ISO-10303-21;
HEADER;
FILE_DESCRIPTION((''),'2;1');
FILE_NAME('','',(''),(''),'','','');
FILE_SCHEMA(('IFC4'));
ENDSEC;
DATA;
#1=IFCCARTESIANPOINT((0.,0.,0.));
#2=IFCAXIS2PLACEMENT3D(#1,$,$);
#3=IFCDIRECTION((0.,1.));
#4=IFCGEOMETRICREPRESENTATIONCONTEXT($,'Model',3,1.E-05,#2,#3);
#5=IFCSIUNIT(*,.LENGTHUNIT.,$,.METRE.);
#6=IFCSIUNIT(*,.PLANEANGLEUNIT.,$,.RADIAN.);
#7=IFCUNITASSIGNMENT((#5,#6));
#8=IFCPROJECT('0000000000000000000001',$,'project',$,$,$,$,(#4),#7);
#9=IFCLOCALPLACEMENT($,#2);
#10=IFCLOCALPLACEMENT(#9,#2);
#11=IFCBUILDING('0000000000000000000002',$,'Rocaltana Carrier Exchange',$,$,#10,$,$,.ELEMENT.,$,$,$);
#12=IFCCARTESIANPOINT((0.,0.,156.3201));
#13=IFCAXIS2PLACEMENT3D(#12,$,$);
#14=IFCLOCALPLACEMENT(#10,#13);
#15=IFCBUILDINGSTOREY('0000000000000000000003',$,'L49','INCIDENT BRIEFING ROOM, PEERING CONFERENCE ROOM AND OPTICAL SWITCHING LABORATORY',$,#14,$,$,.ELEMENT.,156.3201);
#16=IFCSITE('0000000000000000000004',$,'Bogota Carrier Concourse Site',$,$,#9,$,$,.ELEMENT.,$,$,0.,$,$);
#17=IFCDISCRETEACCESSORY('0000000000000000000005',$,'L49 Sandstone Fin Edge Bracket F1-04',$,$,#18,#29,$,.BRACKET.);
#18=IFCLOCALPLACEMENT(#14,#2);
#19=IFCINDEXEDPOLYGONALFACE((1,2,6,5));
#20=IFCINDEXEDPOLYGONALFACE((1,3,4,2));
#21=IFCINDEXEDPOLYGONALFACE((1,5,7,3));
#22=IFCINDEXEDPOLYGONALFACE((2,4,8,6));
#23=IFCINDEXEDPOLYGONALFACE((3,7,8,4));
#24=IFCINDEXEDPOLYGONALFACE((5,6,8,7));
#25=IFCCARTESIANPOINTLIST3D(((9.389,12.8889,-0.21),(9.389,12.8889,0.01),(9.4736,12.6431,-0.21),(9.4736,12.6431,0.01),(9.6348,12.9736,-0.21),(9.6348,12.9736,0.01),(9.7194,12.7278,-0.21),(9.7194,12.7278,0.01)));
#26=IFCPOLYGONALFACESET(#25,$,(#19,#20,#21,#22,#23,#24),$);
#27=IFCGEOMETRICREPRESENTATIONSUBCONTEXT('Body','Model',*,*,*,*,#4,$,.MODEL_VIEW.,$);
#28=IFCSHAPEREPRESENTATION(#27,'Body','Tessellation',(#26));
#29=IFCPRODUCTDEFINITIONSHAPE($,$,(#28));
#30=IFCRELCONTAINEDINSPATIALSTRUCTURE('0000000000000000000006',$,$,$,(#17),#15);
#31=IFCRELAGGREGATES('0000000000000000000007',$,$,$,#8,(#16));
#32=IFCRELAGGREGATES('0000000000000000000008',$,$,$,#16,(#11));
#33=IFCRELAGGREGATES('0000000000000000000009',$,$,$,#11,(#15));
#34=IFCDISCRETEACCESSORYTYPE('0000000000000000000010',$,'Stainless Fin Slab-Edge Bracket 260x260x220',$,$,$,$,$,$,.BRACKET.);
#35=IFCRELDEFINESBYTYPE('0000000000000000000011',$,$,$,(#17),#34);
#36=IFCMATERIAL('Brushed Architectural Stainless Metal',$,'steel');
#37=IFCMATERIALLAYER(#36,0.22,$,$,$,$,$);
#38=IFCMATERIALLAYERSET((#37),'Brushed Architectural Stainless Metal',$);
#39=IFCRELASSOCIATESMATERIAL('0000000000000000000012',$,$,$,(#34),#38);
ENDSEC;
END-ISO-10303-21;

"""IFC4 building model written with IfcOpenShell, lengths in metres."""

from ifc_helpers import new_model, si_unit, direction, frame, origin, origin_2d, place, context, subcontext, project, spatial, rectangle, extrude, material, layer, layer_set, type_object, element, save


model = new_model("IFC4")

# Units and contexts
model_context = context("Model", 3, precision=1e-05, world=origin(), true_north=direction((0.0, 1.0)))
body_context = subcontext(model_context, "Body", "Model", "MODEL_VIEW")
ifc_project = project(units=[si_unit("LENGTHUNIT", "METRE"), si_unit("PLANEANGLEUNIT", "RADIAN")], contexts=[model_context])

# Site, building, storey
site_placement = place(None, origin())
site = spatial("IfcSite", under=ifc_project, at=site_placement, Name="Bogota Carrier Concourse Site", CompositionType="ELEMENT", RefElevation=0.0)
building_placement = place(site_placement, origin())
building = spatial("IfcBuilding", under=site, at=building_placement, Name="Rocaltana Carrier Exchange", CompositionType="ELEMENT")
storey_placement = place(building_placement, frame((0.0, 0.0, 156.3201)))
storey = spatial("IfcBuildingStorey", under=building, at=storey_placement, Name="L49", Description="INCIDENT BRIEFING ROOM, PEERING CONFERENCE ROOM AND OPTICAL SWITCHING LABORATORY", CompositionType="ELEMENT", Elevation=156.3201)

# Discrete accessory
ifc_material_1 = material(Name="Brushed Architectural Stainless Metal", Category="steel")
ifc_layer_1 = layer(ifc_material_1, 0.22)
ifc_layer_set_1 = layer_set([ifc_layer_1], Name="Brushed Architectural Stainless Metal")
discrete_accessory_type = type_object("IfcDiscreteAccessoryType", Name="Stainless Fin Slab-Edge Bracket 260x260x220", PredefinedType="BRACKET", material=ifc_layer_set_1)
discrete_accessory_placement = place(storey_placement, frame((9.5542, 12.8083, -0.21), z_axis=(0.0, 0.0, 1.0), x_axis=(-0.325568, 0.945519, 0.0)))
element("IfcDiscreteAccessory", 1, at=discrete_accessory_placement, inside=storey, type_object=discrete_accessory_type, Name="L49 Sandstone Fin Edge Bracket F1-04", PredefinedType="BRACKET", context=body_context, shape_type="SweptSolid", body=[
    extrude(rectangle(XDim=0.26, YDim=0.26, at=origin_2d()), origin(), (0.0, 0.0, 1.0), 0.22),
])

save(model, "model.ifc")
